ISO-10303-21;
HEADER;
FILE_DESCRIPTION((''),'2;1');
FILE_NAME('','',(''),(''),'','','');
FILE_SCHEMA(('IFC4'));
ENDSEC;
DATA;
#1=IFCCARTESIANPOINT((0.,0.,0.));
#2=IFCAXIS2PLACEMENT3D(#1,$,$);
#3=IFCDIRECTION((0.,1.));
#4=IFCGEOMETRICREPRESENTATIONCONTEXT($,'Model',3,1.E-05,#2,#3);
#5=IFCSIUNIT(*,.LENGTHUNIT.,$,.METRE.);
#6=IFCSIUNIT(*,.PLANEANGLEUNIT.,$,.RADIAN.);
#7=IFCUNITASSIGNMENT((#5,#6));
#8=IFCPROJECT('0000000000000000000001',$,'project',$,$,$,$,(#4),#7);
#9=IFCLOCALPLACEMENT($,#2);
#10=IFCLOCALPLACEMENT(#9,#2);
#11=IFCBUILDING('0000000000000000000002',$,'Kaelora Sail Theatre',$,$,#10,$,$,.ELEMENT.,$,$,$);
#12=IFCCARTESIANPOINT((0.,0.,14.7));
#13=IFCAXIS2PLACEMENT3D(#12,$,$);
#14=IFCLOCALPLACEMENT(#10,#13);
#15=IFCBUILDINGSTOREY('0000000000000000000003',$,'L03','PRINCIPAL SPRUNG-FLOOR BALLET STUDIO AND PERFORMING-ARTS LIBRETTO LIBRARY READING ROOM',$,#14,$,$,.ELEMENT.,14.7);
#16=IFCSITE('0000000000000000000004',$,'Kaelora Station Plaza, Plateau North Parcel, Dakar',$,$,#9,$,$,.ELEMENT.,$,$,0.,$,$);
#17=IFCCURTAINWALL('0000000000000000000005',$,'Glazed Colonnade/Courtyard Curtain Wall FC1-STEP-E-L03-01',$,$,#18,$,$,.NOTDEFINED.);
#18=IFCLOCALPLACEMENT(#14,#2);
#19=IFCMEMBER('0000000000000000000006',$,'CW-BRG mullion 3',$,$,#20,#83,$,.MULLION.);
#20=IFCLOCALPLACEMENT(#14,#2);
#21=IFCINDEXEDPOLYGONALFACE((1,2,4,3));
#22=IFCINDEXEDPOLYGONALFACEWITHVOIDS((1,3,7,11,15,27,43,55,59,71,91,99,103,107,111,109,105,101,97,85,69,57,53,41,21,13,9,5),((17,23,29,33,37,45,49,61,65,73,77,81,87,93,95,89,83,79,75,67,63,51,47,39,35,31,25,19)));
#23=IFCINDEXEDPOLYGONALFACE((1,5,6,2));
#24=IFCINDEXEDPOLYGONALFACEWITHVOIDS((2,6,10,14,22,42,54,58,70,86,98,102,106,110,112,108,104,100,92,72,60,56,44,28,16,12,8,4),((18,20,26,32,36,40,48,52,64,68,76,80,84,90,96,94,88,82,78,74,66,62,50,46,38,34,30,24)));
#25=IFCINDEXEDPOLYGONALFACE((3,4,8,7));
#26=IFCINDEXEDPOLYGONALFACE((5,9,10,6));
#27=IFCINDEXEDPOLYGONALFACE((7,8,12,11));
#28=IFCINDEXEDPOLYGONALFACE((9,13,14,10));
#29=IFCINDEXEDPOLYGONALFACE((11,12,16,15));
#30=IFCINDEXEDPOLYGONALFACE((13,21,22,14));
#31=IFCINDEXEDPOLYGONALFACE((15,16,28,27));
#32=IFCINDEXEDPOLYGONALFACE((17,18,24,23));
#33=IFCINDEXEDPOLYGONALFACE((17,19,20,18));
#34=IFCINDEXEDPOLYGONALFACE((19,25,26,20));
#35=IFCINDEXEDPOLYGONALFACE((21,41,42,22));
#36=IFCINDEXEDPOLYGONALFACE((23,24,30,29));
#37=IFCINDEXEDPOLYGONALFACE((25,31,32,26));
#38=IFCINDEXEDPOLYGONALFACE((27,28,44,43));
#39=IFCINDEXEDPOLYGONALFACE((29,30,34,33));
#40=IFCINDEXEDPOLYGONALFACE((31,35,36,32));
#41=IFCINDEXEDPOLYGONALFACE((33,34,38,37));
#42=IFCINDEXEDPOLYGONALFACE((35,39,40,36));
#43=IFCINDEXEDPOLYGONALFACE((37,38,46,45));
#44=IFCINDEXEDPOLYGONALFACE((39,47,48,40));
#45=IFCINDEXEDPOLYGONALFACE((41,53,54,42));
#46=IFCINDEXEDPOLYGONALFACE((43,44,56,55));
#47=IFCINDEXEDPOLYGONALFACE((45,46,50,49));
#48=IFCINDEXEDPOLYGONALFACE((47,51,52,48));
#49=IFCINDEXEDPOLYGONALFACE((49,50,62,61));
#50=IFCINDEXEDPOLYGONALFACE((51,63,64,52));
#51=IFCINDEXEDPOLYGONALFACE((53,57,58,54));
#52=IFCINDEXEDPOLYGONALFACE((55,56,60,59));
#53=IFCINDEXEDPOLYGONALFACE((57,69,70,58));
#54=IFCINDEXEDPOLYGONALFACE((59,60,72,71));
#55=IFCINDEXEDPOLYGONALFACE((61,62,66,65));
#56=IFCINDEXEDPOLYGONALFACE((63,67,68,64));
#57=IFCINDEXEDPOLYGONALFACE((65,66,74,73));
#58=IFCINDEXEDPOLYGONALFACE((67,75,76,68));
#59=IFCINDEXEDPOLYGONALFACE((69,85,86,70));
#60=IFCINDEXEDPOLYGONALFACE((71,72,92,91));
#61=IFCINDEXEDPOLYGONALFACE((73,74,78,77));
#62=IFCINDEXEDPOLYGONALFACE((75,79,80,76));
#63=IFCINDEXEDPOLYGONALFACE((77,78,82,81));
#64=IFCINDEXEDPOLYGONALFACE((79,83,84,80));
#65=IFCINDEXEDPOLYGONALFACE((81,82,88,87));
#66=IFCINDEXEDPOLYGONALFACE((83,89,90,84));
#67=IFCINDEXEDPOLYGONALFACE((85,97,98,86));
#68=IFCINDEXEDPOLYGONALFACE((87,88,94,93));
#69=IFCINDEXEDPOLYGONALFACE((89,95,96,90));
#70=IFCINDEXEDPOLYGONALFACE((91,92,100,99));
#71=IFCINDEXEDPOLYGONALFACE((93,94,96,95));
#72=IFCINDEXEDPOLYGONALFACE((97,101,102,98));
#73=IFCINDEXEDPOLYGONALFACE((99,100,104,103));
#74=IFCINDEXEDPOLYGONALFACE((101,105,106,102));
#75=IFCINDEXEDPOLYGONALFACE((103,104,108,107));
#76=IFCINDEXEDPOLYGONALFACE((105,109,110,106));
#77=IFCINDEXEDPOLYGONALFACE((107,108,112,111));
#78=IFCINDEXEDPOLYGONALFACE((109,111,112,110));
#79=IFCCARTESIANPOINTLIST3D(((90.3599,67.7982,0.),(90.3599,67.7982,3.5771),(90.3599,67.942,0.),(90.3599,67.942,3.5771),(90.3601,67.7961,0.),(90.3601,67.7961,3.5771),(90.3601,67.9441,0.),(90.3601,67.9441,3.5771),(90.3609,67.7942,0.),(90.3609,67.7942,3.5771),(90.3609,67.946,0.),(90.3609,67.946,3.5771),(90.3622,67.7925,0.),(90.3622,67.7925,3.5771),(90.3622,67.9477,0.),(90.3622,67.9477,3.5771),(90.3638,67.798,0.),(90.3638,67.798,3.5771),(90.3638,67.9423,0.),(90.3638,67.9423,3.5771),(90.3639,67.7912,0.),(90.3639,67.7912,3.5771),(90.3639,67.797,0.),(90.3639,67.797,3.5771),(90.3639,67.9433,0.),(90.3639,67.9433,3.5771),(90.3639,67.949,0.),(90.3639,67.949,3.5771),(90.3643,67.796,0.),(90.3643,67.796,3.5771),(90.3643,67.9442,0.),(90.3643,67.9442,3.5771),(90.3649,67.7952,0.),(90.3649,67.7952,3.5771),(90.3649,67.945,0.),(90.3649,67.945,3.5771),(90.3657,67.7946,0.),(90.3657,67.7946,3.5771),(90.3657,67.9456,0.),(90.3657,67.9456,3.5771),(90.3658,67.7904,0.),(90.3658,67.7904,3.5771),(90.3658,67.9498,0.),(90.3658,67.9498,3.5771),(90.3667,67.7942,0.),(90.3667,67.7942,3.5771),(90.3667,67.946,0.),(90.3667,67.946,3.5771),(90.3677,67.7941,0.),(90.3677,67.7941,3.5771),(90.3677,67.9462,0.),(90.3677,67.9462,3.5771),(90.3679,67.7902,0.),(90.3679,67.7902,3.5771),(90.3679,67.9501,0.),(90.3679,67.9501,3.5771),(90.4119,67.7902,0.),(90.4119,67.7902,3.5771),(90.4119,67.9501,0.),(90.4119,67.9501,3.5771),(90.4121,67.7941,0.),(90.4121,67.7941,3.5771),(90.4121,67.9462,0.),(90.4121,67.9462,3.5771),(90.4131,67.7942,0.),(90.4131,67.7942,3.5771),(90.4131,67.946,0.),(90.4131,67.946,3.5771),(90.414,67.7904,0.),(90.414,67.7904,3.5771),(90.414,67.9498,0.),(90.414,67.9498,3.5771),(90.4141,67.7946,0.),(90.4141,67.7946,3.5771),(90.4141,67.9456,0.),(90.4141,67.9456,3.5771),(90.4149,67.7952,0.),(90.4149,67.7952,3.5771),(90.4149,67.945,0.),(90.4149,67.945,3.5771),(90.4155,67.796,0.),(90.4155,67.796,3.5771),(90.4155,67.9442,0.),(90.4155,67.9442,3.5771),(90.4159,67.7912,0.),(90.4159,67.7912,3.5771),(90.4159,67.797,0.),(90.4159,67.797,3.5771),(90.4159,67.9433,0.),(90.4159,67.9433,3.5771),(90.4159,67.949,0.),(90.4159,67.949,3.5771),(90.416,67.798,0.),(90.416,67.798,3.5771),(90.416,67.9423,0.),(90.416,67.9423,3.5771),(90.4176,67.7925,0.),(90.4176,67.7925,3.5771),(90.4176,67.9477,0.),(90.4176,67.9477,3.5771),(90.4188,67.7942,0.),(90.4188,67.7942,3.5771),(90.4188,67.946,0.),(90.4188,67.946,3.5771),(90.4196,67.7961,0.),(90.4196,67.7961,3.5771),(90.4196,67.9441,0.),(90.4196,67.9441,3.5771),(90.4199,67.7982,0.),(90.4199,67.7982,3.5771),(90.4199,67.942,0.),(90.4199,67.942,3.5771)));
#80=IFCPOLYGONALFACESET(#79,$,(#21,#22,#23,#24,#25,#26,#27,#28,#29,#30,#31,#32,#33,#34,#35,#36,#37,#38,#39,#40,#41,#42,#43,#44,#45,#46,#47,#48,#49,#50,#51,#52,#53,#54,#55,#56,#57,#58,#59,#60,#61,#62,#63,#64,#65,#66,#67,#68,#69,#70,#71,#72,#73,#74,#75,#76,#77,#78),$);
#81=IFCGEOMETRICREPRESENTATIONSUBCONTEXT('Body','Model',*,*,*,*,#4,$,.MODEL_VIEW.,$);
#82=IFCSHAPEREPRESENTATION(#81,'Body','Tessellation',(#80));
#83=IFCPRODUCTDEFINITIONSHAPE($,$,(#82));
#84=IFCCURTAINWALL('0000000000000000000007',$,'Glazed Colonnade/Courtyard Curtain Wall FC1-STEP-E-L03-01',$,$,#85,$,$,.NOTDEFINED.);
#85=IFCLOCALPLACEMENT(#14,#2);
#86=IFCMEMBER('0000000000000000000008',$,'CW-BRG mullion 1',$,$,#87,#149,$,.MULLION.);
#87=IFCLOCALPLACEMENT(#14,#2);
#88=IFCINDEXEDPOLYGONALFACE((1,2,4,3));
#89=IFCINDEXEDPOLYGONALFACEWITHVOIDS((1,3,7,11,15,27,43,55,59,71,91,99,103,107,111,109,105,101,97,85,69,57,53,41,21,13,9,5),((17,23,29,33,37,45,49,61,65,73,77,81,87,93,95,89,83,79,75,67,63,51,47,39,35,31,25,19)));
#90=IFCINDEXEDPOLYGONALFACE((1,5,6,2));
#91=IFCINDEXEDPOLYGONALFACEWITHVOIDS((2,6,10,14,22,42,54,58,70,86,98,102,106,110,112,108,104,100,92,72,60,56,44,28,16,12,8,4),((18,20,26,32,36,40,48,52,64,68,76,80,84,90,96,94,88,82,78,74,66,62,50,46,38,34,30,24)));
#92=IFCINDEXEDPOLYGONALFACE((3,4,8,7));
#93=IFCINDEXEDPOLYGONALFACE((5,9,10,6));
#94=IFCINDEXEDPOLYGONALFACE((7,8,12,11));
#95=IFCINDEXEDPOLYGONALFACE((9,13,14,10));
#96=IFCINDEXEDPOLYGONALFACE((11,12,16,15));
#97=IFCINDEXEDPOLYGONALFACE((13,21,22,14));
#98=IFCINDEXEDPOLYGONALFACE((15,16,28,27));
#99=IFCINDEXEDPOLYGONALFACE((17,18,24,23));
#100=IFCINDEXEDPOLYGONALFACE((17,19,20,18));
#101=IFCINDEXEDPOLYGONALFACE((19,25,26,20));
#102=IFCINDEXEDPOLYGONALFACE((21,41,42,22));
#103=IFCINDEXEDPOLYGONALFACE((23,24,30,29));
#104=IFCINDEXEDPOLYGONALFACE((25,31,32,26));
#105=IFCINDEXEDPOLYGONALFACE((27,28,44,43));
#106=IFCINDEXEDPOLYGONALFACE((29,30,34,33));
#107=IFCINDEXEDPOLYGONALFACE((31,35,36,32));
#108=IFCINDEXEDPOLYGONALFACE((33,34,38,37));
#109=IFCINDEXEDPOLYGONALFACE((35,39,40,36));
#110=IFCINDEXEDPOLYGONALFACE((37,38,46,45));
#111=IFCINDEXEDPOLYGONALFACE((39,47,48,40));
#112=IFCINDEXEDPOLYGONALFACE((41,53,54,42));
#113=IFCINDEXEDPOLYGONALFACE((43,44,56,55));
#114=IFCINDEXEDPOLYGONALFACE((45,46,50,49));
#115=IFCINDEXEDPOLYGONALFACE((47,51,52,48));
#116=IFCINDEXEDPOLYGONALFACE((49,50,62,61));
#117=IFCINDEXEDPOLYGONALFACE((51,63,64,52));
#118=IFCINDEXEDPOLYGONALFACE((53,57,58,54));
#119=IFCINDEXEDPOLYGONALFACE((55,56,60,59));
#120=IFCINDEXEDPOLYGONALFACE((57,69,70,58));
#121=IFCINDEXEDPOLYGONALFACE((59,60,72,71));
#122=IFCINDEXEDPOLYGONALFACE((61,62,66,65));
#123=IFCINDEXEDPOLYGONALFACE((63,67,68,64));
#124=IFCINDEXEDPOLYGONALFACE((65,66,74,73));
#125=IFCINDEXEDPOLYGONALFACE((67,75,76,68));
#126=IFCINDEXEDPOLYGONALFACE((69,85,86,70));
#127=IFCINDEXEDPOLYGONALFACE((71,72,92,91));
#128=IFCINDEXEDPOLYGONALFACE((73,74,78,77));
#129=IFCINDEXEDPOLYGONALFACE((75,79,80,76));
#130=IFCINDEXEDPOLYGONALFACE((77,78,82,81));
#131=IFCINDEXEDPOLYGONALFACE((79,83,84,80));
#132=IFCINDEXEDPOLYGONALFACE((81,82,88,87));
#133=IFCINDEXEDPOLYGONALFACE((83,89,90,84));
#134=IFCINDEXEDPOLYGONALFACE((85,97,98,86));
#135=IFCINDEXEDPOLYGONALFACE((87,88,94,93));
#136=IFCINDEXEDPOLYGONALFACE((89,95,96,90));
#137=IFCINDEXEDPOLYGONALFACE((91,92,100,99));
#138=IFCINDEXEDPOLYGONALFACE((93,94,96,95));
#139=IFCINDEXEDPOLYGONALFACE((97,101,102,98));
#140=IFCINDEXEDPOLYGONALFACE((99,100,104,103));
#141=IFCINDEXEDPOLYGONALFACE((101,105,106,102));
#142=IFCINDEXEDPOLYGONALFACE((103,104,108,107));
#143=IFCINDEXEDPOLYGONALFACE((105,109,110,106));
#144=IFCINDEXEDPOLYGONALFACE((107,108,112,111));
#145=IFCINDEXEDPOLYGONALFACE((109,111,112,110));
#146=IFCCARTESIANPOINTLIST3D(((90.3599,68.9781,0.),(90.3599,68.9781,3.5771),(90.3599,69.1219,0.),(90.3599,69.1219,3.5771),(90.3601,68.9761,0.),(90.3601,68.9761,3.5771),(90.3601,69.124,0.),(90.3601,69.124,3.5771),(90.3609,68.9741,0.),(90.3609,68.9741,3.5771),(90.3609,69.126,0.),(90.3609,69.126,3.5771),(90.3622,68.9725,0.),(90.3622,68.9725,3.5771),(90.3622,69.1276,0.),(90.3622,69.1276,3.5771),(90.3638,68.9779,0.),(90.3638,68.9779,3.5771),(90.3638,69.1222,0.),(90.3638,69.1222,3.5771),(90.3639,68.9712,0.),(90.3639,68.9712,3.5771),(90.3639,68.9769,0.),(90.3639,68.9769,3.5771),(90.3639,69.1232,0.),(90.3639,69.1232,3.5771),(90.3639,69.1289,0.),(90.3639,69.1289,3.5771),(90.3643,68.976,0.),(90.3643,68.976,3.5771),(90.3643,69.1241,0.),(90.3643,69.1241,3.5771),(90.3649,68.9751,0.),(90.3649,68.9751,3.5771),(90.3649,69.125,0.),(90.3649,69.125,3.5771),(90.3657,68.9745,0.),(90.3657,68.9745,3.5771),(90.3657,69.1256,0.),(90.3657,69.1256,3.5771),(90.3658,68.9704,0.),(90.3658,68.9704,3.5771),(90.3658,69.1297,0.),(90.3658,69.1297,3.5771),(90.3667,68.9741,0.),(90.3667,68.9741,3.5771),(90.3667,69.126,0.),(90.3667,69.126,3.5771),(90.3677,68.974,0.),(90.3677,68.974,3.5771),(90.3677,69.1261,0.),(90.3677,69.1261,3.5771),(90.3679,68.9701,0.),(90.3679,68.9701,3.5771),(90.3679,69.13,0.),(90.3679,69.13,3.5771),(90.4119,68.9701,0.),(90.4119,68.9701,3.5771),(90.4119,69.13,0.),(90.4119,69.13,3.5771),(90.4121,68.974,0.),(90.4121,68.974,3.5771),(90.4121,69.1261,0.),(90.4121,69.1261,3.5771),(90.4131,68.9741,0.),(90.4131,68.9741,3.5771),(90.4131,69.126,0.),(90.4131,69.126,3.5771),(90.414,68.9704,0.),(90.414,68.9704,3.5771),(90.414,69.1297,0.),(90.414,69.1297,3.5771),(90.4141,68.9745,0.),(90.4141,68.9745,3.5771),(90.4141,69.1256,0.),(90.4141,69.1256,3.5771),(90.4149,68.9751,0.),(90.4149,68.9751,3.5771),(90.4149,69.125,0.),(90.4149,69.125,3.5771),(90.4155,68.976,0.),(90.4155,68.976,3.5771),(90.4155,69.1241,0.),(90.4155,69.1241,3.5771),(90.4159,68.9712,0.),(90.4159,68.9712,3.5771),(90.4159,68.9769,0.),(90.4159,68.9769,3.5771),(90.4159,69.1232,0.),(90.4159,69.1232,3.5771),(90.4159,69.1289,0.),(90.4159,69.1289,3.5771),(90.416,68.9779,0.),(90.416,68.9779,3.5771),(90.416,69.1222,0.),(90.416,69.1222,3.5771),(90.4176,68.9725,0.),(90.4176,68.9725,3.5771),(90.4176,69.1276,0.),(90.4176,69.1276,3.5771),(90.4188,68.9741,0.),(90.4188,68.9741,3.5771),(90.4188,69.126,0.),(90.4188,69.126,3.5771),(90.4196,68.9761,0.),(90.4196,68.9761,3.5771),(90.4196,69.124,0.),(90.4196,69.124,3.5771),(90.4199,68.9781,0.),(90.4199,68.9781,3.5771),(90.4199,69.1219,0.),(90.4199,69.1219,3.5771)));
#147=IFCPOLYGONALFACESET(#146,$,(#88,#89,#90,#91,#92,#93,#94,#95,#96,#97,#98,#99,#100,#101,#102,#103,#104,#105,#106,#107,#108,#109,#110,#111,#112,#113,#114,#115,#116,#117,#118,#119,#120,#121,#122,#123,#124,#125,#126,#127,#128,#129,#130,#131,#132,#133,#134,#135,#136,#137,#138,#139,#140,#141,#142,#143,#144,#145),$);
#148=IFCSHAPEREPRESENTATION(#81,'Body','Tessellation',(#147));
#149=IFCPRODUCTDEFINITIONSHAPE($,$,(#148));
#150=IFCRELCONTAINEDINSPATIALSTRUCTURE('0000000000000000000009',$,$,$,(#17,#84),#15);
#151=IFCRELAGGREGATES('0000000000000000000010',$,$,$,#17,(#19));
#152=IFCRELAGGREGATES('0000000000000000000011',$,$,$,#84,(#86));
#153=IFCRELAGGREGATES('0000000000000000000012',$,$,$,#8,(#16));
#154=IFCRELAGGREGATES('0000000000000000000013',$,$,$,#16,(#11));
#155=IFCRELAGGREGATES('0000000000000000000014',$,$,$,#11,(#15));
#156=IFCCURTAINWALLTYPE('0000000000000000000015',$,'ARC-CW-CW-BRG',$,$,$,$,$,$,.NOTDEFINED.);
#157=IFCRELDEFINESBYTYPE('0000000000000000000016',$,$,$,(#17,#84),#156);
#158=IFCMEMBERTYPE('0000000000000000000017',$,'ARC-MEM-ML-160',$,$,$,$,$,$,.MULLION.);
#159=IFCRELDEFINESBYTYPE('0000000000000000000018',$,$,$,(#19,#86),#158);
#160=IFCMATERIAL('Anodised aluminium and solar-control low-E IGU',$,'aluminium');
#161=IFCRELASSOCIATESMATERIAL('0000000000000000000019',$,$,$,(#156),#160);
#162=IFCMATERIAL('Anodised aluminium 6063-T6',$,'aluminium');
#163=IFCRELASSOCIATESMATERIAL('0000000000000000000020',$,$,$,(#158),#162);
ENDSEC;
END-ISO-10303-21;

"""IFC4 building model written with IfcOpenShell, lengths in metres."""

from ifc_helpers import new_model, si_unit, direction, frame, origin, origin_2d, place, context, subcontext, project, spatial, hollow_rectangle, extrude, material, material_profile, profile_set, type_object, element, aggregate, save


model = new_model("IFC4")

# Units and contexts
model_context = context("Model", 3, precision=1e-05, world=origin(), true_north=direction((0.0, 1.0)))
body_context = subcontext(model_context, "Body", "Model", "MODEL_VIEW")
ifc_project = project(units=[si_unit("LENGTHUNIT", "METRE"), si_unit("PLANEANGLEUNIT", "RADIAN")], contexts=[model_context])

# Site, building, storey
site_placement = place(None, origin())
site = spatial("IfcSite", under=ifc_project, at=site_placement, Name="Kaelora Station Plaza, Plateau North Parcel, Dakar", CompositionType="ELEMENT", RefElevation=0.0)
building_placement = place(site_placement, origin())
building = spatial("IfcBuilding", under=site, at=building_placement, Name="Kaelora Sail Theatre", CompositionType="ELEMENT")
storey_placement = place(building_placement, frame((0.0, 0.0, 14.7)))
storey = spatial("IfcBuildingStorey", under=building, at=storey_placement, Name="L03", Description="PRINCIPAL SPRUNG-FLOOR BALLET STUDIO AND PERFORMING-ARTS LIBRETTO LIBRARY READING ROOM", CompositionType="ELEMENT", Elevation=14.7)

# Curtain wall, member
ifc_material_1 = material(Name="Anodised aluminium and solar-control low-E IGU", Category="aluminium")
curtain_wall_type = type_object("IfcCurtainWallType", Name="ARC-CW-CW-BRG", PredefinedType="NOTDEFINED", material=ifc_material_1)
curtain_wall_1_placement = place(storey_placement, origin())
curtain_wall_1 = element("IfcCurtainWall", 1, at=curtain_wall_1_placement, inside=storey, type_object=curtain_wall_type, Name="Glazed Colonnade/Courtyard Curtain Wall FC1-STEP-E-L03-01", PredefinedType="NOTDEFINED")
ifc_material_2 = material(Name="Anodised aluminium 6063-T6", Category="aluminium")
ifc_material_profile_1 = material_profile(ifc_material_2, hollow_rectangle(XDim=0.0601, YDim=0.1599, WallThickness=0.0039, InnerFilletRadius=0.0039, OuterFilletRadius=0.0081, at=origin_2d()), Name="ALU-MULL 60x160x4")
ifc_profile_set_1 = profile_set([ifc_material_profile_1], Name="Anodised aluminium 6063-T6")
member_type_1 = type_object("IfcMemberType", Name="ARC-MEM-ML-160", PredefinedType="MULLION", material=ifc_profile_set_1)
member_1_placement = place(storey_placement, frame((90.3899, 67.8701, 0.0), z_axis=(0.0, 0.0, 1.0), x_axis=(-1.0, 0.0, 0.0)))
member_1 = element("IfcMember", 2, at=member_1_placement, type_object=member_type_1, Name="CW-BRG mullion 3", PredefinedType="MULLION", context=body_context, shape_type="SweptSolid", body=[
    extrude(hollow_rectangle(XDim=0.0601, YDim=0.1599, WallThickness=0.0039, InnerFilletRadius=0.0039, OuterFilletRadius=0.0081, at=origin_2d()), origin(), (0.0, 0.0, 1.0), 3.5771),
])

# Curtain wall, member
curtain_wall_2_placement = place(storey_placement, origin())
curtain_wall_2 = element("IfcCurtainWall", 3, at=curtain_wall_2_placement, inside=storey, type_object=curtain_wall_type, Name="Glazed Colonnade/Courtyard Curtain Wall FC1-STEP-E-L03-01", PredefinedType="NOTDEFINED")
member_2_placement = place(storey_placement, frame((90.3899, 69.05, 0.0), z_axis=(0.0, 0.0, 1.0), x_axis=(-1.0, 0.0, 0.0)))
member_2 = element("IfcMember", 4, at=member_2_placement, type_object=member_type_1, Name="CW-BRG mullion 1", PredefinedType="MULLION", context=body_context, shape_type="SweptSolid", body=[
    extrude(hollow_rectangle(XDim=0.0601, YDim=0.1599, WallThickness=0.0039, InnerFilletRadius=0.0039, OuterFilletRadius=0.0081, at=origin_2d()), origin(), (0.0, 0.0, 1.0), 3.5771),
])

aggregate(curtain_wall_1, [member_1])
aggregate(curtain_wall_2, [member_2])

save(model, "model.ifc")
